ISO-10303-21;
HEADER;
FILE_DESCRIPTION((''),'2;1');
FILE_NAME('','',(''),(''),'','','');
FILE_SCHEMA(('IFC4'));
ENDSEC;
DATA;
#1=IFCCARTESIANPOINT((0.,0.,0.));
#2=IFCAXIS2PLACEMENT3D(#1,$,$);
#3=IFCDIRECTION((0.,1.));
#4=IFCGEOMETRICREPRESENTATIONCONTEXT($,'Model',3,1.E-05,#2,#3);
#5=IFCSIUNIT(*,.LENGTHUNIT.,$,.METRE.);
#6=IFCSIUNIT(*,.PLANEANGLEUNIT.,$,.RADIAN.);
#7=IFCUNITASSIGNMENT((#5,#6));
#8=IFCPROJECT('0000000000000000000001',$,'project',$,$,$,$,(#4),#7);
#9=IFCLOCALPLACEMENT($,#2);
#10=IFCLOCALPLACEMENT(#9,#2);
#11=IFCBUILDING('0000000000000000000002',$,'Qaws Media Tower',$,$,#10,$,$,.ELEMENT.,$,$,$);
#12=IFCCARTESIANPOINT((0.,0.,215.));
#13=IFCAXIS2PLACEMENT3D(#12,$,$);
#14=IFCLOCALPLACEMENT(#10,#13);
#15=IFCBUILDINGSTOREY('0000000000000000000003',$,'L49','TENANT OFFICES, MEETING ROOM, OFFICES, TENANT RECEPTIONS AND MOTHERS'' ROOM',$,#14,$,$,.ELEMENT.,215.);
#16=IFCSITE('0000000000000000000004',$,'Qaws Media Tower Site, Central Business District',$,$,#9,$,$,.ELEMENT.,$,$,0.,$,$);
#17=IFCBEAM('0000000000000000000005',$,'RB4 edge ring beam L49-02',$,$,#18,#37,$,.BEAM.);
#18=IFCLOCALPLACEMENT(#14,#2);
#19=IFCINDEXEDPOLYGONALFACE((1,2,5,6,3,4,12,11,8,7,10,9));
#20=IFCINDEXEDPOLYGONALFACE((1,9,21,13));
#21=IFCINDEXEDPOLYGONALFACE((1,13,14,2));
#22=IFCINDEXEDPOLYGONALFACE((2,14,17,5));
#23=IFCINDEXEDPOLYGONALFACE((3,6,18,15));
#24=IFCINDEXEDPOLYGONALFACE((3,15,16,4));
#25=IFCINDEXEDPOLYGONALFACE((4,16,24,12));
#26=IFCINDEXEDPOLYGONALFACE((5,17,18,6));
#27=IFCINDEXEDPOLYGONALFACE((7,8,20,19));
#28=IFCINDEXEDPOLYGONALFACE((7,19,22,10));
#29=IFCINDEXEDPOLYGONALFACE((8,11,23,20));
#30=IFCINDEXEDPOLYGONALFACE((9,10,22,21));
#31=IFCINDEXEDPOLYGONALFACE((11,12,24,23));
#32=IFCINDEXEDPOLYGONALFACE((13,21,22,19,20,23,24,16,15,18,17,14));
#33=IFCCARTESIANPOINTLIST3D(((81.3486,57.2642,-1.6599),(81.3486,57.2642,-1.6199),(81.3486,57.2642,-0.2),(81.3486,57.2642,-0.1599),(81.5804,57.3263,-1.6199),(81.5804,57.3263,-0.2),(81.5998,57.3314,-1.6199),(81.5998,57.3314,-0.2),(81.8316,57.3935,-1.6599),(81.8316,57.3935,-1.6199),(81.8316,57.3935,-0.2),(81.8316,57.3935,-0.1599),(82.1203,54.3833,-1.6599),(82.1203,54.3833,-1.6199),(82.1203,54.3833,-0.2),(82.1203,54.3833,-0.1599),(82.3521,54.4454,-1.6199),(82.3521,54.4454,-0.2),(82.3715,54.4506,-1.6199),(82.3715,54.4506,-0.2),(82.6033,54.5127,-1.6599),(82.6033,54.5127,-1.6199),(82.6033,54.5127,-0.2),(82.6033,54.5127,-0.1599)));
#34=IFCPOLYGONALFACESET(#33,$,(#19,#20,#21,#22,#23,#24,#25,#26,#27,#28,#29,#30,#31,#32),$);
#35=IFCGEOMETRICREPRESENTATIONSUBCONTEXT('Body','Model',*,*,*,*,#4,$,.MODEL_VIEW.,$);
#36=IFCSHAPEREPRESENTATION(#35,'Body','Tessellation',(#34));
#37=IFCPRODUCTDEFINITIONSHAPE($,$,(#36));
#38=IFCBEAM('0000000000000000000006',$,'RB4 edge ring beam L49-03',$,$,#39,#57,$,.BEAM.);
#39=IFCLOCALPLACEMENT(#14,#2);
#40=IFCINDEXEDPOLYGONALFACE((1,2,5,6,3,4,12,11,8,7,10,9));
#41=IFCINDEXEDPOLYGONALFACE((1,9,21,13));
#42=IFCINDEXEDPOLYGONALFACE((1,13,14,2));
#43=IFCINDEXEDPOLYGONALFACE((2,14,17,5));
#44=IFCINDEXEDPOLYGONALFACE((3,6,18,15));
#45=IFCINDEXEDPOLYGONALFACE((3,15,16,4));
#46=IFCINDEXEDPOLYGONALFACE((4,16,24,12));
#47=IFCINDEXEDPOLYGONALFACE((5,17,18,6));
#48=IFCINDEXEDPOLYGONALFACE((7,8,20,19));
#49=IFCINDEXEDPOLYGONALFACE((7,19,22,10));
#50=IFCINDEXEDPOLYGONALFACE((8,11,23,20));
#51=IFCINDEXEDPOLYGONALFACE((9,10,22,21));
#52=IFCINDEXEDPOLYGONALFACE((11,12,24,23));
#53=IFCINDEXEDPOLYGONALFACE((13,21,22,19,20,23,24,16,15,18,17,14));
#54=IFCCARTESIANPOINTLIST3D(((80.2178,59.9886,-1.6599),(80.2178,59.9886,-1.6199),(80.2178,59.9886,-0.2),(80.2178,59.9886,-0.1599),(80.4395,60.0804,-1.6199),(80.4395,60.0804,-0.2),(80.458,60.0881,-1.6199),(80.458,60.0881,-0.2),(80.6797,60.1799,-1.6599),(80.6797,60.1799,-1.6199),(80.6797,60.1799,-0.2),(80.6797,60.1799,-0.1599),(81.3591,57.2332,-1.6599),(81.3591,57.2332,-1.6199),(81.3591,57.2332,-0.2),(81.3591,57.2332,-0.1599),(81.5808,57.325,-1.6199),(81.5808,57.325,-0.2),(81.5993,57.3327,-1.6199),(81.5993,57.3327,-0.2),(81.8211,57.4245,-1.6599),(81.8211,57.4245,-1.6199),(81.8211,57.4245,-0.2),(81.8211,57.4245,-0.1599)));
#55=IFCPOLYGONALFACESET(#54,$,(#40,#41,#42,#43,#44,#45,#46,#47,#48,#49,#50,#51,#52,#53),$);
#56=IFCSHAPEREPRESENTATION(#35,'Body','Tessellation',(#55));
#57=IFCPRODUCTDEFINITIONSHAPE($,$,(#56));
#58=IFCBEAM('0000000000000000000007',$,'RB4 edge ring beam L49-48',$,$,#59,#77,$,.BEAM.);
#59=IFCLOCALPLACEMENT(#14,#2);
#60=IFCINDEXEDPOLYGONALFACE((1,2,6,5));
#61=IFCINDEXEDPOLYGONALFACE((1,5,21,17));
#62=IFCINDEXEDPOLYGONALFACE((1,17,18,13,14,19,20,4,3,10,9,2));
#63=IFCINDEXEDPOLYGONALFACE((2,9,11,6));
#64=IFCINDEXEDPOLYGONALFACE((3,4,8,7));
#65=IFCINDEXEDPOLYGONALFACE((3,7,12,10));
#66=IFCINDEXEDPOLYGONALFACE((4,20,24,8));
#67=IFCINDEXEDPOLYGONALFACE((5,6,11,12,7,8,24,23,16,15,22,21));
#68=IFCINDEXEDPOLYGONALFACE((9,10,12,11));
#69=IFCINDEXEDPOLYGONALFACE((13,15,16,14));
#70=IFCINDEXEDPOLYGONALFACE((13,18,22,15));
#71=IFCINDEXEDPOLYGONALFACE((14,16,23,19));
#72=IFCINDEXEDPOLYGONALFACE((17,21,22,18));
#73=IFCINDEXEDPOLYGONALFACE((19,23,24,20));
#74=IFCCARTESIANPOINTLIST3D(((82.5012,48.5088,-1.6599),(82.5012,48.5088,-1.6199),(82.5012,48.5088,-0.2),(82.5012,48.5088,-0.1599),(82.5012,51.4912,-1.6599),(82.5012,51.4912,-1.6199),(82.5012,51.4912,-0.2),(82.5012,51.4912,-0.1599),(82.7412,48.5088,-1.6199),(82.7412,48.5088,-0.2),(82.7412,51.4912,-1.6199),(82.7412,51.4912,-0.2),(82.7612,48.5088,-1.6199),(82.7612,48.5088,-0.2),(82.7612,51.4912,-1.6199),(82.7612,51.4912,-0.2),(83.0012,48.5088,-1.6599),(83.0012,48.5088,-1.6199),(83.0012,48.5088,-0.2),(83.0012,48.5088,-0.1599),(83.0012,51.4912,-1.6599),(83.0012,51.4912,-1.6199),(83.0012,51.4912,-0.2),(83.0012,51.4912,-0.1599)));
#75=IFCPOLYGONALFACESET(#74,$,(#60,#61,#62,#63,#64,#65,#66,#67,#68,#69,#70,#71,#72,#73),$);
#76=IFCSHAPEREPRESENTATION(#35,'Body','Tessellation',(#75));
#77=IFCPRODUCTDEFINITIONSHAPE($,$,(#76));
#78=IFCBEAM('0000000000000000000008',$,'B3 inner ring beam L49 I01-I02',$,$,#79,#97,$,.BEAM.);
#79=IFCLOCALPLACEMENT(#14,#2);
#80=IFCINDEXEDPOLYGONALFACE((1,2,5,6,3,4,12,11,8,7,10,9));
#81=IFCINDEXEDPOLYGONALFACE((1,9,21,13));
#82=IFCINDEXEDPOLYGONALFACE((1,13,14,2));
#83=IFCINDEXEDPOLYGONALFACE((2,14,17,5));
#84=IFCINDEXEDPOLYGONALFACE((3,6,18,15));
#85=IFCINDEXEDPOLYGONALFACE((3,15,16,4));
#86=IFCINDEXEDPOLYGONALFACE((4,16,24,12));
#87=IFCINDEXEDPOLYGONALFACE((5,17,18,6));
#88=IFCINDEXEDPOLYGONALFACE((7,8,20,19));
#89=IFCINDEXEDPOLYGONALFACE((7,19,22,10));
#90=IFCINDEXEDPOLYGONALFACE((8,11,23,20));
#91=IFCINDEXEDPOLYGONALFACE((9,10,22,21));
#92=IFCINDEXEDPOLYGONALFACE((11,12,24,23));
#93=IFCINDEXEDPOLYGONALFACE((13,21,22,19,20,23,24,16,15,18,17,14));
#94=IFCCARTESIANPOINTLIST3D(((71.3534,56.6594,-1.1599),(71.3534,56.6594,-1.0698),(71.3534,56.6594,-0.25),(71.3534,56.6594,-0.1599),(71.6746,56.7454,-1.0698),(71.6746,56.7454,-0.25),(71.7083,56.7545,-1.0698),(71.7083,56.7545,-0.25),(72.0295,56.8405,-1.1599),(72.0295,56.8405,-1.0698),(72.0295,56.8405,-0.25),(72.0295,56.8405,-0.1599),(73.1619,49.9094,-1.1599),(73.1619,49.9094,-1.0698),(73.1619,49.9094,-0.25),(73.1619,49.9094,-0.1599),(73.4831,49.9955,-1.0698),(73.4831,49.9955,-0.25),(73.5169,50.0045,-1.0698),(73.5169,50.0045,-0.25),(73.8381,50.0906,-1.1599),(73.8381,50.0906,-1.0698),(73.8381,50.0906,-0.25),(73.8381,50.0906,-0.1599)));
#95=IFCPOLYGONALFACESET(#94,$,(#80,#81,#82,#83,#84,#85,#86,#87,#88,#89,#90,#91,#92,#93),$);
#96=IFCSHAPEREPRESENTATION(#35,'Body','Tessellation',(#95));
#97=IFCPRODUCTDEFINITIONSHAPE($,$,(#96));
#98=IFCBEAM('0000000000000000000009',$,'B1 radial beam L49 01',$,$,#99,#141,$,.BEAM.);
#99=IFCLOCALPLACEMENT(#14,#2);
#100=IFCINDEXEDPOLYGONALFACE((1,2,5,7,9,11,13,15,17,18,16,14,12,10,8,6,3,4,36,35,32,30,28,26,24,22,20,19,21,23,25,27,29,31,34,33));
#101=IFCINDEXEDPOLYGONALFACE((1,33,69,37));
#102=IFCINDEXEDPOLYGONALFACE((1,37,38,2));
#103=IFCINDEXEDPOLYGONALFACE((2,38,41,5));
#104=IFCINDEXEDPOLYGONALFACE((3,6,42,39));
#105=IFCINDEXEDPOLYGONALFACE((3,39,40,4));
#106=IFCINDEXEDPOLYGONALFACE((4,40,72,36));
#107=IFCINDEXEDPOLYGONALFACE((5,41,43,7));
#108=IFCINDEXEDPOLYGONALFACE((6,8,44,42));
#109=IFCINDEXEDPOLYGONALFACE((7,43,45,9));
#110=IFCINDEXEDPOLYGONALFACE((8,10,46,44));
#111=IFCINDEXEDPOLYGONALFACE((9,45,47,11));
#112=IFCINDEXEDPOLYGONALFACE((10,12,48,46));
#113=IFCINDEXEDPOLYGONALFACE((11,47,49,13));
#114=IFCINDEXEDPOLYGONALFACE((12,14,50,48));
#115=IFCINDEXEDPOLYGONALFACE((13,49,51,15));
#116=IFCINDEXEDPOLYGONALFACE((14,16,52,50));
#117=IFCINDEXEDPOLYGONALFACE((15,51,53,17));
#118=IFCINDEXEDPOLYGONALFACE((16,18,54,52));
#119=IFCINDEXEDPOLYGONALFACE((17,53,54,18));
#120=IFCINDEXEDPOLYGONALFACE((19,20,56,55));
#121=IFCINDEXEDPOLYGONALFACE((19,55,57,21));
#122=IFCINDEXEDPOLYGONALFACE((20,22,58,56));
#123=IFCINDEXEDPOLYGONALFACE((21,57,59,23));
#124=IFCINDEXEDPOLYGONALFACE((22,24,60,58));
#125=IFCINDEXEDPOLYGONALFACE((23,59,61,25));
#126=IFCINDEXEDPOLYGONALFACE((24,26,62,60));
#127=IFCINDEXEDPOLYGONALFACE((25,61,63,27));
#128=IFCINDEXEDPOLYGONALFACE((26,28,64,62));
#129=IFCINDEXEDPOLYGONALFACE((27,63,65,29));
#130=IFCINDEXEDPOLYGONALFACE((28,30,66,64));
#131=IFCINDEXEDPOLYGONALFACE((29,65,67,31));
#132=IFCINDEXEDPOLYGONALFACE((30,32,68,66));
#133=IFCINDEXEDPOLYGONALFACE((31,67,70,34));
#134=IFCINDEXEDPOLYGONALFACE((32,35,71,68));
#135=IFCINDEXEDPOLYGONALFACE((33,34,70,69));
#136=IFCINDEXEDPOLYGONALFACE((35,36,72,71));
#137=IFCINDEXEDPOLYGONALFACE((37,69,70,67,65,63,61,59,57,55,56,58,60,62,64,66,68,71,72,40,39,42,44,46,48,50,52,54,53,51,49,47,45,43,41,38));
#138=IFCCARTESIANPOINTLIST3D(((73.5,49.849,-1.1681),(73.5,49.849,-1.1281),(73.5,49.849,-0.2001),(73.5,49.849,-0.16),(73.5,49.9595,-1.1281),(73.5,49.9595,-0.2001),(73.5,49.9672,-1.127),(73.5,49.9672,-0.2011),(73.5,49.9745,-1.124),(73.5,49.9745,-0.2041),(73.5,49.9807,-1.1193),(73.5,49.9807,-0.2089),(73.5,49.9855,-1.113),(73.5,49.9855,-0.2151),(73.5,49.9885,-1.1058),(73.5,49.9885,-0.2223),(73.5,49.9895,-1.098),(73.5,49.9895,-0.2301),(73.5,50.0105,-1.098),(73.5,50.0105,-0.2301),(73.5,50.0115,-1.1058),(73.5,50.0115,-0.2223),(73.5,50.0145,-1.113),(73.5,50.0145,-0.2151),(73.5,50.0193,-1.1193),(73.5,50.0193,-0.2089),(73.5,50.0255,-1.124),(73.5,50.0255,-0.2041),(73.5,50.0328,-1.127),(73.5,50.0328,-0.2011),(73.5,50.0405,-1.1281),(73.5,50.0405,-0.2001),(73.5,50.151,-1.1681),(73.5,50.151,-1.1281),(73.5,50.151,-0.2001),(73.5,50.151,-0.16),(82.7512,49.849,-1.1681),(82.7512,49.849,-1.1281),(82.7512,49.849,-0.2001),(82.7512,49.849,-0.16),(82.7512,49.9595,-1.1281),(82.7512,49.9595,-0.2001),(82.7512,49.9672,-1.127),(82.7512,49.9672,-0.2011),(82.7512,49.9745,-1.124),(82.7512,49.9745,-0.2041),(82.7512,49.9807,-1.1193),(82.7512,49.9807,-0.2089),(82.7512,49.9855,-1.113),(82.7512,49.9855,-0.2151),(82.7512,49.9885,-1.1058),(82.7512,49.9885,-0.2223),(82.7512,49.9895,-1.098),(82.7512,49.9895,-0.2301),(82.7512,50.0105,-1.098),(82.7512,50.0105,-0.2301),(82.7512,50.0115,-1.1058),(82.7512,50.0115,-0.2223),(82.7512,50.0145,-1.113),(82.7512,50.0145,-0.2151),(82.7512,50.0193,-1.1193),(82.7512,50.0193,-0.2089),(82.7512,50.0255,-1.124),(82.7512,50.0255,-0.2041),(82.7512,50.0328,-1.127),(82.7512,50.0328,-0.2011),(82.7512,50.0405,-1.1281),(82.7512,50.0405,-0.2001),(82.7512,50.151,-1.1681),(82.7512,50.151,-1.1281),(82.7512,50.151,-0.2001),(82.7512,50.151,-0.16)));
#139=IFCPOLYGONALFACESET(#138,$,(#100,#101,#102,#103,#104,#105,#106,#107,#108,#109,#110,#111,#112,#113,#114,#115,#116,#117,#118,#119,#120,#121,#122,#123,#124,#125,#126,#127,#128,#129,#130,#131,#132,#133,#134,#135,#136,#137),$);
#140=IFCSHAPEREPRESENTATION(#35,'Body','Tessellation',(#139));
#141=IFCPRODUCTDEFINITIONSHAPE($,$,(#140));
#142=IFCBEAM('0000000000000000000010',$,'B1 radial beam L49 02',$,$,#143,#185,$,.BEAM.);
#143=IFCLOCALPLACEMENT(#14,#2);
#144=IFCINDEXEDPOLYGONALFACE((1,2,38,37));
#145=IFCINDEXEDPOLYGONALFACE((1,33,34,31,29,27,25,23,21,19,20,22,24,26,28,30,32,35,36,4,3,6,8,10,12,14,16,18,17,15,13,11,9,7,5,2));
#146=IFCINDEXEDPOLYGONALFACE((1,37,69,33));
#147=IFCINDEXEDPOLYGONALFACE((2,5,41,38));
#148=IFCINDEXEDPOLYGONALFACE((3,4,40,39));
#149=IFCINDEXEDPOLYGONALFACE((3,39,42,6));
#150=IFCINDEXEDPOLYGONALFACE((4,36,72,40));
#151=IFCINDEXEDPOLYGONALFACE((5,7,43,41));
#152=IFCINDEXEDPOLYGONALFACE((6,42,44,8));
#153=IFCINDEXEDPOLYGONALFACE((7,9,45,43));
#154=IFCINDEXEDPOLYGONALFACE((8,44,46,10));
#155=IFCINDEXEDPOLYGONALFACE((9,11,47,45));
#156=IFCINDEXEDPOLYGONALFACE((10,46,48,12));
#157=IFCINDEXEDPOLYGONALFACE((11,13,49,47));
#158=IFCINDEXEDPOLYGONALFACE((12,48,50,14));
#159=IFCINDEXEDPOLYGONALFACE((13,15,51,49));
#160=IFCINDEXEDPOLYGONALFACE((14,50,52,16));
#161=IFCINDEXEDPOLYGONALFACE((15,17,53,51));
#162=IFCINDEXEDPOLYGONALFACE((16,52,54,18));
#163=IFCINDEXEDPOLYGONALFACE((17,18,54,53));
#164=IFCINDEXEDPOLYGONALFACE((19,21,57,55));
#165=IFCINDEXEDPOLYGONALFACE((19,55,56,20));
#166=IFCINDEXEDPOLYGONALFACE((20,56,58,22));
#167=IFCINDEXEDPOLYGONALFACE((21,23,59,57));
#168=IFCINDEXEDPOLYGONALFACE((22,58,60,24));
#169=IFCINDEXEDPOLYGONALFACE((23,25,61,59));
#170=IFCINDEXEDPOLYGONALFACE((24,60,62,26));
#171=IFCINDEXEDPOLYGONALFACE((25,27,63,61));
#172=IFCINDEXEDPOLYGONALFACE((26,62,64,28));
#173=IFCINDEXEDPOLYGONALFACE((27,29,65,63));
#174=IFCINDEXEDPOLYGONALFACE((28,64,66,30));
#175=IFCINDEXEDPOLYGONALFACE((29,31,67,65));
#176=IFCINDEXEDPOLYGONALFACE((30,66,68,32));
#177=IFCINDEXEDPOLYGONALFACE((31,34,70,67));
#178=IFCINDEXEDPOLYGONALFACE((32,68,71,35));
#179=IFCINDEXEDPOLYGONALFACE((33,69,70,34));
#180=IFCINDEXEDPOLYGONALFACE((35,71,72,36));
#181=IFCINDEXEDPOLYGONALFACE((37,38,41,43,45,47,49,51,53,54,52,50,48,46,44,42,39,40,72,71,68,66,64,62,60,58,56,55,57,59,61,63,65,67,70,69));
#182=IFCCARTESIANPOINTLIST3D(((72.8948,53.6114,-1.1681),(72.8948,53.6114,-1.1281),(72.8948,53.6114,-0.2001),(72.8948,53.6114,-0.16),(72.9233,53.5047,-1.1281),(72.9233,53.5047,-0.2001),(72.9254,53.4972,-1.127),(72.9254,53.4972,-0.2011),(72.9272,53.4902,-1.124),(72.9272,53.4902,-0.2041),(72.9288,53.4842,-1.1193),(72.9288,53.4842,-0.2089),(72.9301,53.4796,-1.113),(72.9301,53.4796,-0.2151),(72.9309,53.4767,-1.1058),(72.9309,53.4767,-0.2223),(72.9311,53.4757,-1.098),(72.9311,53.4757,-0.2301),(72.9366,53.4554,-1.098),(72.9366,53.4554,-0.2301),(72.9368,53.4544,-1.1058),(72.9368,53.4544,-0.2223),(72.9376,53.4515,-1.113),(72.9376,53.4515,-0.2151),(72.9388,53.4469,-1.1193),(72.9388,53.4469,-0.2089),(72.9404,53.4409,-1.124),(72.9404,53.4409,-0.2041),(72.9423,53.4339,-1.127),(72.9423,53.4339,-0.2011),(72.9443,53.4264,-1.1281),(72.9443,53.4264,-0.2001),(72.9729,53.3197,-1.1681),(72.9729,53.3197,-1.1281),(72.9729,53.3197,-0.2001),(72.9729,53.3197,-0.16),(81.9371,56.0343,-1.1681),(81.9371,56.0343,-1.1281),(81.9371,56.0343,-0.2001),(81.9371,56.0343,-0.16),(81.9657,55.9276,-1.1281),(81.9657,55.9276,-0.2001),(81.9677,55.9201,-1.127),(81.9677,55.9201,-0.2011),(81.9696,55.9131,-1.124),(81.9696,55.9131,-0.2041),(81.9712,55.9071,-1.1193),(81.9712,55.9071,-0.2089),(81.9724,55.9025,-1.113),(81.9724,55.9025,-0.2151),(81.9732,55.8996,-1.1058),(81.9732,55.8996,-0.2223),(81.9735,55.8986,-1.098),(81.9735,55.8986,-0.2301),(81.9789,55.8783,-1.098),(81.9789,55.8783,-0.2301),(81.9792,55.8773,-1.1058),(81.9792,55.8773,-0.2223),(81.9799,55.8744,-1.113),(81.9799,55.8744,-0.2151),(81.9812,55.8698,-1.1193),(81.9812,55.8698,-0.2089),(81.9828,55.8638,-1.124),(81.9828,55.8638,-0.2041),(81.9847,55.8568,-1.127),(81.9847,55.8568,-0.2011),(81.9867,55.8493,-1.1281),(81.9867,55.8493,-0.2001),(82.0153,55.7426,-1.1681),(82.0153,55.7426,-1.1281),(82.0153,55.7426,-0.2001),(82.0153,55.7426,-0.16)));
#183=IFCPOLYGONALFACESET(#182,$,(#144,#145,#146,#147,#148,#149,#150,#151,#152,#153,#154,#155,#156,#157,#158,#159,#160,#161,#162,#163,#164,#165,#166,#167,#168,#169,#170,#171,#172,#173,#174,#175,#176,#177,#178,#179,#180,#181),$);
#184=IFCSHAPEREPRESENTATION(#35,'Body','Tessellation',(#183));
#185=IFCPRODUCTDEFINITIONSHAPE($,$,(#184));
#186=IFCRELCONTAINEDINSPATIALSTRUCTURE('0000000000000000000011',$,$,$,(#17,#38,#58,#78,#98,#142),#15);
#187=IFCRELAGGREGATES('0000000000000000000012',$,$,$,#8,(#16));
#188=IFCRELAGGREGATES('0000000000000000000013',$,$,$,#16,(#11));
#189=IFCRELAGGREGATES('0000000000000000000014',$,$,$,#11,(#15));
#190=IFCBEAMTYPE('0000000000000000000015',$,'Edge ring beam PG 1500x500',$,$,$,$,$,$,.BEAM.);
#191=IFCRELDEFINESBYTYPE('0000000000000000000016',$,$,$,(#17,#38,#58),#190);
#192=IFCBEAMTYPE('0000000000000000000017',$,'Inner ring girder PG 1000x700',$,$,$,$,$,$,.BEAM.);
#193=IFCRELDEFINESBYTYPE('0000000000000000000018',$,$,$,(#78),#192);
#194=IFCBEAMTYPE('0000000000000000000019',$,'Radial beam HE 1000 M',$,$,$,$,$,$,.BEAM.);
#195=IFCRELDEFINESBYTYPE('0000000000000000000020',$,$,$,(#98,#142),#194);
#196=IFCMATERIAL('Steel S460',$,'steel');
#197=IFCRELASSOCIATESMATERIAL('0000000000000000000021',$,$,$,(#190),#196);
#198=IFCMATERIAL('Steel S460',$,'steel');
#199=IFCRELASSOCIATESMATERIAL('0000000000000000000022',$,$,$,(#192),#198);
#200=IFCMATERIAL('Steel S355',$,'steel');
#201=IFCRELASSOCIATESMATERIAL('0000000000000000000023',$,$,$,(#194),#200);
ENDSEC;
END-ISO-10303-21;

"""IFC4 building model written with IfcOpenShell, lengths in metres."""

from ifc_helpers import new_model, si_unit, direction, frame, origin, origin_2d, place, context, subcontext, project, spatial, i_section, extrude, material, material_profile, profile_set, type_object, element, save


model = new_model("IFC4")

# Units and contexts
model_context = context("Model", 3, precision=1e-05, world=origin(), true_north=direction((0.0, 1.0)))
body_context = subcontext(model_context, "Body", "Model", "MODEL_VIEW")
ifc_project = project(units=[si_unit("LENGTHUNIT", "METRE"), si_unit("PLANEANGLEUNIT", "RADIAN")], contexts=[model_context])

# Site, building, storey
site_placement = place(None, origin())
site = spatial("IfcSite", under=ifc_project, at=site_placement, Name="Qaws Media Tower Site, Central Business District", CompositionType="ELEMENT", RefElevation=0.0)
building_placement = place(site_placement, origin())
building = spatial("IfcBuilding", under=site, at=building_placement, Name="Qaws Media Tower", CompositionType="ELEMENT")
storey_placement = place(building_placement, frame((0.0, 0.0, 215.0)))
storey = spatial("IfcBuildingStorey", under=building, at=storey_placement, Name="L49", Description="TENANT OFFICES, MEETING ROOM, OFFICES, TENANT RECEPTIONS AND MOTHERS' ROOM", CompositionType="ELEMENT", Elevation=215.0)

# Beams
ifc_material_1 = material(Name="Steel S460", Category="steel")
ifc_material_profile_1 = material_profile(ifc_material_1, i_section(OverallWidth=0.5, OverallDepth=1.5, WebThickness=0.02, FlangeThickness=0.04, at=origin_2d()), Name="PG 1500x500")
ifc_profile_set_1 = profile_set([ifc_material_profile_1], Name="Steel S460")
beam_type_1 = type_object("IfcBeamType", Name="Edge ring beam PG 1500x500", PredefinedType="BEAM", material=ifc_profile_set_1)
for number, where, z_axis, x_axis, name in (
    (1, (82.3618, 54.448, -0.9099), (-0.258758, 0.965942, 0.0), (-0.965942, -0.258758, 0.0), "RB4 edge ring beam L49-02"),
    (2, (81.5901, 57.3289, -0.9099), (-0.382696, 0.923874, 0.0), (-0.923874, -0.382696, 0.0), "RB4 edge ring beam L49-03"),
    (3, (82.7512, 48.5088, -0.9099), (0.0, 1.0, 0.0), (-1.0, 0.0, 0.0), "RB4 edge ring beam L49-48"),
):
    element("IfcBeam", number, at=place(storey_placement, frame(where, z_axis=z_axis, x_axis=x_axis)), inside=storey, type_object=beam_type_1, Name=name, PredefinedType="BEAM", context=body_context, shape_type="SweptSolid", body=[
        extrude(i_section(OverallWidth=0.5, OverallDepth=1.5, WebThickness=0.02, FlangeThickness=0.04, at=origin_2d()), origin(), (0.0, 0.0, 1.0), 2.9824),
    ])
ifc_material_2 = material(Name="Steel S460", Category="steel")
ifc_material_profile_2 = material_profile(ifc_material_2, i_section(OverallWidth=0.7, OverallDepth=1.0, WebThickness=0.0349, FlangeThickness=0.0901, at=origin_2d()), Name="PG 1000x700")
ifc_profile_set_2 = profile_set([ifc_material_profile_2], Name="Steel S460")
beam_type_2 = type_object("IfcBeamType", Name="Inner ring girder PG 1000x700", PredefinedType="BEAM", material=ifc_profile_set_2)
beam_1_placement = place(storey_placement, frame((73.5, 50.0, -0.6599), z_axis=(-0.258811, 0.965928, 0.0), x_axis=(-0.965928, -0.258811, 0.0)))
element("IfcBeam", 4, at=beam_1_placement, inside=storey, type_object=beam_type_2, Name="B3 inner ring beam L49 I01-I02", PredefinedType="BEAM", context=body_context, shape_type="SweptSolid", body=[
    extrude(i_section(OverallWidth=0.7, OverallDepth=1.0, WebThickness=0.0349, FlangeThickness=0.0901, at=origin_2d()), origin(), (0.0, 0.0, 1.0), 6.988),
])
ifc_material_3 = material(Name="Steel S355", Category="steel")
ifc_material_profile_3 = material_profile(ifc_material_3, i_section(OverallWidth=0.302, OverallDepth=1.0081, WebThickness=0.021, FlangeThickness=0.04, FilletRadius=0.03, at=origin_2d()), Name="HE 1000 M")
ifc_profile_set_3 = profile_set([ifc_material_profile_3], Name="Steel S355")
beam_type_3 = type_object("IfcBeamType", Name="Radial beam HE 1000 M", PredefinedType="BEAM", material=ifc_profile_set_3)
beam_2_placement = place(storey_placement, frame((73.5, 50.0, -0.6641), z_axis=(1.0, 0.0, 0.0), x_axis=(0.0, 1.0, 0.0)))
element("IfcBeam", 5, at=beam_2_placement, inside=storey, type_object=beam_type_3, Name="B1 radial beam L49 01", PredefinedType="BEAM", context=body_context, shape_type="SweptSolid", body=[
    extrude(i_section(OverallWidth=0.302, OverallDepth=1.0081, WebThickness=0.021, FlangeThickness=0.04, FilletRadius=0.03, at=origin_2d()), origin(), (0.0, 0.0, 1.0), 9.2512),
])
beam_3_placement = place(storey_placement, frame((72.9338, 53.4656, -0.6641), z_axis=(0.965926, 0.258818, 0.0), x_axis=(-0.258818, 0.965926, 0.0)))
element("IfcBeam", 6, at=beam_3_placement, inside=storey, type_object=beam_type_3, Name="B1 radial beam L49 02", PredefinedType="BEAM", context=body_context, shape_type="SweptSolid", body=[
    extrude(i_section(OverallWidth=0.302, OverallDepth=1.0081, WebThickness=0.021, FlangeThickness=0.04, FilletRadius=0.03, at=origin_2d()), origin(), (0.0, 0.0, 1.0), 9.3613),
])

save(model, "model.ifc")
